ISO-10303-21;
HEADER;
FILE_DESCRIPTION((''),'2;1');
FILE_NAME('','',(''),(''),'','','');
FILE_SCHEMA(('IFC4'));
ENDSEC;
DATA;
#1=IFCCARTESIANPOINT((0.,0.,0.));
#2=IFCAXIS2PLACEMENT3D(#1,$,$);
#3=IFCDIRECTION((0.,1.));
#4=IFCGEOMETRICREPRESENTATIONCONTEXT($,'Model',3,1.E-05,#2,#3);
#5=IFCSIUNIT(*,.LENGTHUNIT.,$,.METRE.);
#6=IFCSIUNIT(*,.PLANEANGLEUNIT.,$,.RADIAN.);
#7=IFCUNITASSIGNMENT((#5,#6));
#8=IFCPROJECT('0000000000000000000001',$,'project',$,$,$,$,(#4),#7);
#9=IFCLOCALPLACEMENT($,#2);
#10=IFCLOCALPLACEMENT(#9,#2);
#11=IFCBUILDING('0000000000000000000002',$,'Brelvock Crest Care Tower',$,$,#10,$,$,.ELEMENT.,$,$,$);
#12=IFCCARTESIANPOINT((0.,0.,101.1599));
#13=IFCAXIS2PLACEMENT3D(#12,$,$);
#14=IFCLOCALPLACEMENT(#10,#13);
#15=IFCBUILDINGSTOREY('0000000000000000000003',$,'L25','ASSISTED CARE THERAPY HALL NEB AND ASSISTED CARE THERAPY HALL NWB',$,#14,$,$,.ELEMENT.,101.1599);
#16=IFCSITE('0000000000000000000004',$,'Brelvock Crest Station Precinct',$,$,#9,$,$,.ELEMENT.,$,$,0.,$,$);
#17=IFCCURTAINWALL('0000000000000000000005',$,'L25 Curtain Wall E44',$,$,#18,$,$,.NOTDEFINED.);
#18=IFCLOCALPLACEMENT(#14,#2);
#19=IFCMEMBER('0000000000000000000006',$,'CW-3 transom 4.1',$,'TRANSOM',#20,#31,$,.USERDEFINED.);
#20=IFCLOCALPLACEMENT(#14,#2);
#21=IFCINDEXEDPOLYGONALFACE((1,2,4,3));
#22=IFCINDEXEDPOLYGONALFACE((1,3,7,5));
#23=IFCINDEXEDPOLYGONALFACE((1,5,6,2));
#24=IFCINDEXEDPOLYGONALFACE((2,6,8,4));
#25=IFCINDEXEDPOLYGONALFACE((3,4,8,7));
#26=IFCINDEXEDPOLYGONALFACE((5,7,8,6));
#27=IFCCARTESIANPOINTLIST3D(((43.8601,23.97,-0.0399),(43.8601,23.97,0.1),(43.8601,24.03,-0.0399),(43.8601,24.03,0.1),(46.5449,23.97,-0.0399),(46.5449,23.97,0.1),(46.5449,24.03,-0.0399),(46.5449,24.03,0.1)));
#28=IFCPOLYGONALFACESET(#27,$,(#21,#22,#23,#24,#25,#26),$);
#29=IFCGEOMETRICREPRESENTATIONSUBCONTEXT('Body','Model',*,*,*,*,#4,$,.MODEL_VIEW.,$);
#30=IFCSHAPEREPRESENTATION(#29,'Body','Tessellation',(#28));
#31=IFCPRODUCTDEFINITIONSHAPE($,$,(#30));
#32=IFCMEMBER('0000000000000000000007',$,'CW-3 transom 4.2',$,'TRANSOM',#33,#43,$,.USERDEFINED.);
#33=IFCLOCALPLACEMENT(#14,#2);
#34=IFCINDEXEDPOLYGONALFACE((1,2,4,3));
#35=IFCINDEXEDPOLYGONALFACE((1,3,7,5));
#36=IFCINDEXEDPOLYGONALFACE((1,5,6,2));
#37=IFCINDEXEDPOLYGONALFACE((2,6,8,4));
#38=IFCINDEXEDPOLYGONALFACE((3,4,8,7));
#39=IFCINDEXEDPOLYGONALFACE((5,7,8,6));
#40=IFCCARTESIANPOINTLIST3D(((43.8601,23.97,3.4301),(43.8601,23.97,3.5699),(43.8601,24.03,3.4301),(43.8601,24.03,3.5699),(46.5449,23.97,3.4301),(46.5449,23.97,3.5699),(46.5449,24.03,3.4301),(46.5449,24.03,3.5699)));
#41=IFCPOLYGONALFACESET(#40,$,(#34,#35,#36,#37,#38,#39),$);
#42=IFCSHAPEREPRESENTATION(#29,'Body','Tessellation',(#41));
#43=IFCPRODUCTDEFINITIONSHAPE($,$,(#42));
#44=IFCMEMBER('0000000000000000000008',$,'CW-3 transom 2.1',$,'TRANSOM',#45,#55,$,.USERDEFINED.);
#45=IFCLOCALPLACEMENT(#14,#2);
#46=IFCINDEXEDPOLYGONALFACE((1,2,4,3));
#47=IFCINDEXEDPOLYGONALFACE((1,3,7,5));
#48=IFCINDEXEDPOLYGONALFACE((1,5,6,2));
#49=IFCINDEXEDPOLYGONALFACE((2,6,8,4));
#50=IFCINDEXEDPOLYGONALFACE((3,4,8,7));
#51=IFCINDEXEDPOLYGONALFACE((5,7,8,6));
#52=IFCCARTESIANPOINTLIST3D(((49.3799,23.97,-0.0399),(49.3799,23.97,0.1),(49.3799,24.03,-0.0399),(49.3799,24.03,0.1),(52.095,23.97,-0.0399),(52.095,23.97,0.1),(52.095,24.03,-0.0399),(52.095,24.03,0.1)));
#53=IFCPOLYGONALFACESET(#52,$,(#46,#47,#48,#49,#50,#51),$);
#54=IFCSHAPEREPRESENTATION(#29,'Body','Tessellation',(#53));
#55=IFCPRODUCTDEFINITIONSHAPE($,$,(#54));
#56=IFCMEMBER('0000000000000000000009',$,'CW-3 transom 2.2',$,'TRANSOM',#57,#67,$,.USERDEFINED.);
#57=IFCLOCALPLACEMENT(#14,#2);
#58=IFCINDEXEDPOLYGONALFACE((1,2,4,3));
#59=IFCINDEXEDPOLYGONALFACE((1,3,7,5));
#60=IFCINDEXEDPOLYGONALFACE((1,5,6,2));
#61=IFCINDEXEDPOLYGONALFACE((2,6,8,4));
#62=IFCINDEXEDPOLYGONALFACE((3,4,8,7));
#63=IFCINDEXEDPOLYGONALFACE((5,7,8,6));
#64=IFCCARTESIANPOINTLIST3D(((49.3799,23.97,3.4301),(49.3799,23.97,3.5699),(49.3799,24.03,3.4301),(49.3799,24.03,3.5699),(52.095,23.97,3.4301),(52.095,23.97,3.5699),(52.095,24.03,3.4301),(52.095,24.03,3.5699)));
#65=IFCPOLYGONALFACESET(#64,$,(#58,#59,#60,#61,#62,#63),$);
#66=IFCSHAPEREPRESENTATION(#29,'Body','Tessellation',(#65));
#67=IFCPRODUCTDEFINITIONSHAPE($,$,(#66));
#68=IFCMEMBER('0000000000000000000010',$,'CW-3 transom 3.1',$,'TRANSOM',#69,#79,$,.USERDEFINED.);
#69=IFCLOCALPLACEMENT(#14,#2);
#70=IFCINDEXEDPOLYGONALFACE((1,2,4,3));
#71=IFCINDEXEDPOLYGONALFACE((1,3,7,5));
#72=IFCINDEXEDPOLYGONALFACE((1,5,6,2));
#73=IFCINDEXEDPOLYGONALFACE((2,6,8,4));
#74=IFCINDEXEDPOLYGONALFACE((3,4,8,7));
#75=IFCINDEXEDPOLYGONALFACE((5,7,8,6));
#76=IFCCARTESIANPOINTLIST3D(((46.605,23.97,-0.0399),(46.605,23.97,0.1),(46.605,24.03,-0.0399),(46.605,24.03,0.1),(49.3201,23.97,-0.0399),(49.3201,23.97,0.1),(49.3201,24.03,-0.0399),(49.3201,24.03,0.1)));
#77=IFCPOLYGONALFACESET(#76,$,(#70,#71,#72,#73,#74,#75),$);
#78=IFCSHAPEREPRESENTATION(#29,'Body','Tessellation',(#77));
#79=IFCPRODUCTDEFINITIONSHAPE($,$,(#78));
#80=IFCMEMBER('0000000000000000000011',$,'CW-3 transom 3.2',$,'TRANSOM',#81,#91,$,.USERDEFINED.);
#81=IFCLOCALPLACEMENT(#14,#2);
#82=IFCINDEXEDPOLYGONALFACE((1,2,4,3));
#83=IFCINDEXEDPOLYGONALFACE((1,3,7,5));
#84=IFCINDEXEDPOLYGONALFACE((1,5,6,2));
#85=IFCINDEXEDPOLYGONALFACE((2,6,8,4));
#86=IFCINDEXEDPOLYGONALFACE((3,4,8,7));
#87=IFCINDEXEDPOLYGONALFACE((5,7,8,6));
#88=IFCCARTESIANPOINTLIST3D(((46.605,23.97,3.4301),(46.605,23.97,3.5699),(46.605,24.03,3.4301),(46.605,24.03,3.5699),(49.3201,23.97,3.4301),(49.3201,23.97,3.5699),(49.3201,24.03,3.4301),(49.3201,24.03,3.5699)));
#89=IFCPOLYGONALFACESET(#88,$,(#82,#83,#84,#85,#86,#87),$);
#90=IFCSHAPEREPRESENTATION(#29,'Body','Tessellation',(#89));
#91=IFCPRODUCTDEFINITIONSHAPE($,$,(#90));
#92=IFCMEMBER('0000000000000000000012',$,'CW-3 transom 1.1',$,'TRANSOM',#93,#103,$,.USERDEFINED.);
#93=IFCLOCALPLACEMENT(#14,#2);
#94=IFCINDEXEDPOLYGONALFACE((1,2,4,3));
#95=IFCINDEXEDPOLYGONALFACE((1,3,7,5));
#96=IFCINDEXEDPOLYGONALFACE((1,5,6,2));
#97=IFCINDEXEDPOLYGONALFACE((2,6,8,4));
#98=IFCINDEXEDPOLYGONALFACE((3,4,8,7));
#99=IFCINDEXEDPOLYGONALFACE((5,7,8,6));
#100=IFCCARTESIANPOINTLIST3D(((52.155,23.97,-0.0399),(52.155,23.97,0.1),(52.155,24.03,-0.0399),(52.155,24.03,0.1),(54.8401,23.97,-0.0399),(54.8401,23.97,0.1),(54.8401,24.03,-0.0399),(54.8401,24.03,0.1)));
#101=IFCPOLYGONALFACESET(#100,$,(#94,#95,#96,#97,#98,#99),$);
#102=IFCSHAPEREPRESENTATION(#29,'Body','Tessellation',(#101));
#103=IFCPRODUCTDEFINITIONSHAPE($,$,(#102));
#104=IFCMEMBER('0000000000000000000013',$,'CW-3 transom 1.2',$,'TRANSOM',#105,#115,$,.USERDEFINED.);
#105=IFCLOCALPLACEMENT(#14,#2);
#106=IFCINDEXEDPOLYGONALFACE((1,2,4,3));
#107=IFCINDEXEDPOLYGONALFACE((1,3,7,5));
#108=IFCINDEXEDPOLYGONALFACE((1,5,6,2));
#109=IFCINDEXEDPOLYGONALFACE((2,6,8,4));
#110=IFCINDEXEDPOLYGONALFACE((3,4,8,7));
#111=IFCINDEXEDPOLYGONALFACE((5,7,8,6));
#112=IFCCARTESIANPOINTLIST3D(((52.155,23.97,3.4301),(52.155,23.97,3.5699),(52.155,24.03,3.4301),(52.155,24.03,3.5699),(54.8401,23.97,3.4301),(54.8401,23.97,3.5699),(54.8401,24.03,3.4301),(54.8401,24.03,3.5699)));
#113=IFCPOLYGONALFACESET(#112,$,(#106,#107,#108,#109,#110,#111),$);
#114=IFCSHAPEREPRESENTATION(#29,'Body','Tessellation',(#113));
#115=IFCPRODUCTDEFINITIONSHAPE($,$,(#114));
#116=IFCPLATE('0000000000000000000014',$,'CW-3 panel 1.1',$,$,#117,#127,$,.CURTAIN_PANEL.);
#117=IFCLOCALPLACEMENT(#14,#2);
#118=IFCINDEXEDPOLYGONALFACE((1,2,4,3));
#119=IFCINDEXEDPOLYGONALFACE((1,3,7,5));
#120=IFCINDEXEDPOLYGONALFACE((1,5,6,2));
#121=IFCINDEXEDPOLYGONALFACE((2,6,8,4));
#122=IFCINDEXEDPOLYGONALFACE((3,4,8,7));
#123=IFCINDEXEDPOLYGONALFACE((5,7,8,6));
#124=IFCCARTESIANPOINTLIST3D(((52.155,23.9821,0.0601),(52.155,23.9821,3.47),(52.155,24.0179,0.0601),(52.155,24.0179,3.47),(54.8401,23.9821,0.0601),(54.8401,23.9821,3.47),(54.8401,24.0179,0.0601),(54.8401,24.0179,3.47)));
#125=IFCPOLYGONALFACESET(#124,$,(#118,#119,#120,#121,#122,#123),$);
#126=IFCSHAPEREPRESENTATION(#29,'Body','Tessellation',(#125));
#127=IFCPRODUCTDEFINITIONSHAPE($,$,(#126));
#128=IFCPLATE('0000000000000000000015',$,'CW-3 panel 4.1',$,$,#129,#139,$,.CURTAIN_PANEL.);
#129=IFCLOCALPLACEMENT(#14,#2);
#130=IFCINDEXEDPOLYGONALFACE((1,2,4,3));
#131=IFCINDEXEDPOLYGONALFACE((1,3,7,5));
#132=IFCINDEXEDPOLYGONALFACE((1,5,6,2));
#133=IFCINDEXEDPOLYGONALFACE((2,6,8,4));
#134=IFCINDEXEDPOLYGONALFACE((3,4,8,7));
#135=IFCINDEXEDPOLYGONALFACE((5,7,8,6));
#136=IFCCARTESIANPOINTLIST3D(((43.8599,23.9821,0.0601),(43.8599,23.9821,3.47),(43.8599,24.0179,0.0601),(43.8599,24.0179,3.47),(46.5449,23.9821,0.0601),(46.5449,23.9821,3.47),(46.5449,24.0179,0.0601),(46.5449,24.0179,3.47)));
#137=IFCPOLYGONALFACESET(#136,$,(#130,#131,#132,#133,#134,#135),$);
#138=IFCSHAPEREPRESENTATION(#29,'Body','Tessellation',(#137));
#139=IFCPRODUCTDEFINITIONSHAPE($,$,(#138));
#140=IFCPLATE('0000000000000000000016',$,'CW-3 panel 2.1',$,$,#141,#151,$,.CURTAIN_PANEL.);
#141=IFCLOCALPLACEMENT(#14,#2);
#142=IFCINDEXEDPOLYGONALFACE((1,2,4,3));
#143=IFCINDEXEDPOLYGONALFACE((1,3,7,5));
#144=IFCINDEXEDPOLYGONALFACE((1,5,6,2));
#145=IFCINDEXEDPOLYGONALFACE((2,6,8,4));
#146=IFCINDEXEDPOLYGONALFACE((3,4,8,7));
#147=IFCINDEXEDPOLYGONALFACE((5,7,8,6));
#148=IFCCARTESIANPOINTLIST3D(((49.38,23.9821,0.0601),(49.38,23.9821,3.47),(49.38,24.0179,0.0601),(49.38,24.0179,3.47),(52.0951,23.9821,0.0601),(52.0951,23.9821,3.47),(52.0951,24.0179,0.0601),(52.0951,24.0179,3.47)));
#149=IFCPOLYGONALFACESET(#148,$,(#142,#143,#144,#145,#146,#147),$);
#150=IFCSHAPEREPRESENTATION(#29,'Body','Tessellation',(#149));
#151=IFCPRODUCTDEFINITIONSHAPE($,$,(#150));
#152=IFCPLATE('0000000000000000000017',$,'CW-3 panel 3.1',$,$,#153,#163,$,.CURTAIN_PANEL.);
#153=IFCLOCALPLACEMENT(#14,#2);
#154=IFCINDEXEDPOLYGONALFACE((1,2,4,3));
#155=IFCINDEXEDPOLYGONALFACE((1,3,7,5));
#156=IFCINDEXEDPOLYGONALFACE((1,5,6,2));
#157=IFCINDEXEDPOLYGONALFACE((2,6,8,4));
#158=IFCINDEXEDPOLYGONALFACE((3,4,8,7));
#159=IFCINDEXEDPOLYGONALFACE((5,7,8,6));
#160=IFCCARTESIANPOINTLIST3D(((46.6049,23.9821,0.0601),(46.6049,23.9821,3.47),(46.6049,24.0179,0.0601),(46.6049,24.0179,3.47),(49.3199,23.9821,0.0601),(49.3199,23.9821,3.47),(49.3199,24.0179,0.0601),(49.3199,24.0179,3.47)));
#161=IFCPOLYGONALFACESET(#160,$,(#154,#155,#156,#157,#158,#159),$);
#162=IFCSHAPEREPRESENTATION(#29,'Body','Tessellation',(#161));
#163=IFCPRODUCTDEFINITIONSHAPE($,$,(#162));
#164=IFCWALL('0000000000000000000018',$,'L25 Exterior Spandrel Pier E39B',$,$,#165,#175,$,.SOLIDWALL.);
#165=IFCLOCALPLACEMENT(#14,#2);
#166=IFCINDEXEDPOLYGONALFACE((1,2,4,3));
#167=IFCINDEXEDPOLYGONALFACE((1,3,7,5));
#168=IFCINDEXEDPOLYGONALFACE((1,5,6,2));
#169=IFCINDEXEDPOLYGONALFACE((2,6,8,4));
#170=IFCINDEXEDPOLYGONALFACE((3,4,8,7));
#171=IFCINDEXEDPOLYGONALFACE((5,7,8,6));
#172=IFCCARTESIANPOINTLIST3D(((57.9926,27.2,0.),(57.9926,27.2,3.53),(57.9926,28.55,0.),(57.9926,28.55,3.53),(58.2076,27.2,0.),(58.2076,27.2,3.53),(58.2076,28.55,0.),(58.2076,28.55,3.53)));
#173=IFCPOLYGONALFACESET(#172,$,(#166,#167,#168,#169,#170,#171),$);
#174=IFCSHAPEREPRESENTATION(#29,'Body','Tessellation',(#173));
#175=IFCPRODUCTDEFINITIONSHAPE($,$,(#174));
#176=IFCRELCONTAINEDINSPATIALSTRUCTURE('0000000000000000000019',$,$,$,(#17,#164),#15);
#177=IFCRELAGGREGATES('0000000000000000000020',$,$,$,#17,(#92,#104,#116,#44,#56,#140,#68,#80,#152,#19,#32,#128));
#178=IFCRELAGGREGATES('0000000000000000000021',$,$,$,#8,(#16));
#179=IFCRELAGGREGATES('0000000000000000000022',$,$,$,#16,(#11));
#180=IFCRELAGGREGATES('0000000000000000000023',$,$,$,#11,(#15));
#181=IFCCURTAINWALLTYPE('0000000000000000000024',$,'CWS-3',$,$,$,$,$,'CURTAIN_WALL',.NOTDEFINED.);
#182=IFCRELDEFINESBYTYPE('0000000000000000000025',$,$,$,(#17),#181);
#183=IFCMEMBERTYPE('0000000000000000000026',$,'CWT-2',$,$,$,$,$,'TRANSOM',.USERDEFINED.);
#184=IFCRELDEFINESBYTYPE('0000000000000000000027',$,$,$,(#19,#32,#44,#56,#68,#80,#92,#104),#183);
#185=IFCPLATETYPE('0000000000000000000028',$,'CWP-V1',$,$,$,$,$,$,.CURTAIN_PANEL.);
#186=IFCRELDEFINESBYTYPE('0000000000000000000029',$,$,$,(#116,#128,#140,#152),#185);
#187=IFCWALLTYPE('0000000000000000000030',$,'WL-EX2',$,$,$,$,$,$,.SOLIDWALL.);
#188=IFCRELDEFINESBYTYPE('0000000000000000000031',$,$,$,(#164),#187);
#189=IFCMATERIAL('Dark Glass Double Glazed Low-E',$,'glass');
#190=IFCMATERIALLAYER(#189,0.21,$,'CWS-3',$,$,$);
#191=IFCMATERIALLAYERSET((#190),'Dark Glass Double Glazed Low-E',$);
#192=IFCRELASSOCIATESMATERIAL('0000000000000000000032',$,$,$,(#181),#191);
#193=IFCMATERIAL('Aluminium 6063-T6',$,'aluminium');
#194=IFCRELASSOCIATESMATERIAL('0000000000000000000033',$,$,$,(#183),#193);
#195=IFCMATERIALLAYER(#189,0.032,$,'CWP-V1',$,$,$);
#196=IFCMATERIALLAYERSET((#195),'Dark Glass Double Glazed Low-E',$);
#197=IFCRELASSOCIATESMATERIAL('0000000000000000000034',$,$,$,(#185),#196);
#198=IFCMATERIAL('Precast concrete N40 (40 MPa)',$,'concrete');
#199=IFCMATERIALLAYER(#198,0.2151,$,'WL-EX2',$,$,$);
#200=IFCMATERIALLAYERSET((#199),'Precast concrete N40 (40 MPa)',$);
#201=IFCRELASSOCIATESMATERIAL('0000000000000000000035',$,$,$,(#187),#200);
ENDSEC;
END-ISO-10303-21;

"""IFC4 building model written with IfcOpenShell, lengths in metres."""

from ifc_helpers import new_model, si_unit, direction, frame, frame_2d, origin, origin_2d, place, context, subcontext, project, spatial, rectangle, extrude, source, transform, mapped, material, layer, layer_set, material_profile, profile_set, type_object, element, aggregate, save


model = new_model("IFC4")

# Units and contexts
model_context = context("Model", 3, precision=1e-05, world=origin(), true_north=direction((0.0, 1.0)))
body_context = subcontext(model_context, "Body", "Model", "MODEL_VIEW")
ifc_project = project(units=[si_unit("LENGTHUNIT", "METRE"), si_unit("PLANEANGLEUNIT", "RADIAN")], contexts=[model_context])

# Site, building, storey
site_placement = place(None, origin())
site = spatial("IfcSite", under=ifc_project, at=site_placement, Name="Brelvock Crest Station Precinct", CompositionType="ELEMENT", RefElevation=0.0)
building_placement = place(site_placement, origin())
building = spatial("IfcBuilding", under=site, at=building_placement, Name="Brelvock Crest Care Tower", CompositionType="ELEMENT")
storey_placement = place(building_placement, frame((0.0, 0.0, 101.1599)))
storey = spatial("IfcBuildingStorey", under=building, at=storey_placement, Name="L25", Description="ASSISTED CARE THERAPY HALL NEB AND ASSISTED CARE THERAPY HALL NWB", CompositionType="ELEMENT", Elevation=101.1599)

# Curtain wall, members, plates
ifc_material_1 = material(Name="Dark Glass Double Glazed Low-E", Category="glass")
ifc_layer_1 = layer(ifc_material_1, 0.21, Name="CWS-3")
ifc_layer_set_1 = layer_set([ifc_layer_1], Name="Dark Glass Double Glazed Low-E")
curtain_wall_type = type_object("IfcCurtainWallType", Name="CWS-3", ElementType="CURTAIN_WALL", PredefinedType="NOTDEFINED", material=ifc_layer_set_1)
curtain_wall_placement = place(storey_placement, origin())
curtain_wall = element("IfcCurtainWall", 1, at=curtain_wall_placement, inside=storey, type_object=curtain_wall_type, Name="L25 Curtain Wall E44", PredefinedType="NOTDEFINED")
ifc_material_2 = material(Name="Aluminium 6063-T6", Category="aluminium")
ifc_material_profile_1 = material_profile(ifc_material_2, rectangle(XDim=0.0601, YDim=0.1399, at=origin_2d()), Name="ALU60x140")
ifc_profile_set_1 = profile_set([ifc_material_profile_1], Name="Aluminium 6063-T6")
member_type_1 = type_object("IfcMemberType", Name="CWT-2", ElementType="TRANSOM", PredefinedType="USERDEFINED", material=ifc_profile_set_1)
shared_shape_1 = source(origin(), body_context, "Body", "SweptSolid", [
    extrude(rectangle(XDim=0.0601, YDim=0.1399, at=origin_2d()), origin(), (0.0, 0.0, 1.0), 2.6848),
])
member_1_placement = place(storey_placement, frame((46.5449, 24.0, 0.03), z_axis=(-1.0, 0.0, 0.0), x_axis=(0.0, -1.0, 0.0)))
member_1 = element("IfcMember", 2, at=member_1_placement, type_object=member_type_1, Name="CW-3 transom 4.1", ObjectType="TRANSOM", PredefinedType="USERDEFINED", context=body_context, shape_type="MappedRepresentation", body=[
    mapped(shared_shape_1, transform((0.0, 0.0, 0.0), x_axis=(1.0, 0.0, 0.0), y_axis=(0.0, 1.0, 0.0), z_axis=(0.0, 0.0, 1.0), scale=1.0)),
])
member_2_placement = place(storey_placement, frame((46.5449, 24.0, 3.5), z_axis=(-1.0, 0.0, 0.0), x_axis=(0.0, -1.0, 0.0)))
member_2 = element("IfcMember", 3, at=member_2_placement, type_object=member_type_1, Name="CW-3 transom 4.2", ObjectType="TRANSOM", PredefinedType="USERDEFINED", context=body_context, shape_type="MappedRepresentation", body=[
    mapped(shared_shape_1, transform((0.0, 0.0, 0.0), x_axis=(1.0, 0.0, 0.0), y_axis=(0.0, 1.0, 0.0), z_axis=(0.0, 0.0, 1.0), scale=1.0)),
])
shared_shape_2 = source(origin(), body_context, "Body", "SweptSolid", [
    extrude(rectangle(XDim=0.0601, YDim=0.1399, at=origin_2d()), origin(), (0.0, 0.0, 1.0), 2.7151),
])
member_3_placement = place(storey_placement, frame((52.095, 24.0, 0.03), z_axis=(-1.0, 0.0, 0.0), x_axis=(0.0, -1.0, 0.0)))
member_3 = element("IfcMember", 4, at=member_3_placement, type_object=member_type_1, Name="CW-3 transom 2.1", ObjectType="TRANSOM", PredefinedType="USERDEFINED", context=body_context, shape_type="MappedRepresentation", body=[
    mapped(shared_shape_2, transform((0.0, 0.0, 0.0), x_axis=(1.0, 0.0, 0.0), y_axis=(0.0, 1.0, 0.0), z_axis=(0.0, 0.0, 1.0), scale=1.0)),
])
member_4_placement = place(storey_placement, frame((52.095, 24.0, 3.5), z_axis=(-1.0, 0.0, 0.0), x_axis=(0.0, -1.0, 0.0)))
member_4 = element("IfcMember", 5, at=member_4_placement, type_object=member_type_1, Name="CW-3 transom 2.2", ObjectType="TRANSOM", PredefinedType="USERDEFINED", context=body_context, shape_type="MappedRepresentation", body=[
    mapped(shared_shape_2, transform((0.0, 0.0, 0.0), x_axis=(1.0, 0.0, 0.0), y_axis=(0.0, 1.0, 0.0), z_axis=(0.0, 0.0, 1.0), scale=1.0)),
])
member_5_placement = place(storey_placement, frame((49.3201, 24.0, 0.03), z_axis=(-1.0, 0.0, 0.0), x_axis=(0.0, -1.0, 0.0)))
member_5 = element("IfcMember", 6, at=member_5_placement, type_object=member_type_1, Name="CW-3 transom 3.1", ObjectType="TRANSOM", PredefinedType="USERDEFINED", context=body_context, shape_type="MappedRepresentation", body=[
    mapped(shared_shape_2, transform((0.0, 0.0, 0.0), x_axis=(1.0, 0.0, 0.0), y_axis=(0.0, 1.0, 0.0), z_axis=(0.0, 0.0, 1.0), scale=1.0)),
])
member_6_placement = place(storey_placement, frame((49.3201, 24.0, 3.5), z_axis=(-1.0, 0.0, 0.0), x_axis=(0.0, -1.0, 0.0)))
member_6 = element("IfcMember", 7, at=member_6_placement, type_object=member_type_1, Name="CW-3 transom 3.2", ObjectType="TRANSOM", PredefinedType="USERDEFINED", context=body_context, shape_type="MappedRepresentation", body=[
    mapped(shared_shape_2, transform((0.0, 0.0, 0.0), x_axis=(1.0, 0.0, 0.0), y_axis=(0.0, 1.0, 0.0), z_axis=(0.0, 0.0, 1.0), scale=1.0)),
])
shared_shape_3 = source(origin(), body_context, "Body", "SweptSolid", [
    extrude(rectangle(XDim=0.0601, YDim=0.1399, at=origin_2d()), origin(), (0.0, 0.0, 1.0), 2.6851),
])
member_7_placement = place(storey_placement, frame((54.8401, 24.0, 0.03), z_axis=(-1.0, 0.0, 0.0), x_axis=(0.0, -1.0, 0.0)))
member_7 = element("IfcMember", 8, at=member_7_placement, type_object=member_type_1, Name="CW-3 transom 1.1", ObjectType="TRANSOM", PredefinedType="USERDEFINED", context=body_context, shape_type="MappedRepresentation", body=[
    mapped(shared_shape_3, transform((0.0, 0.0, 0.0), x_axis=(1.0, 0.0, 0.0), y_axis=(0.0, 1.0, 0.0), z_axis=(0.0, 0.0, 1.0), scale=1.0)),
])
member_8_placement = place(storey_placement, frame((54.8401, 24.0, 3.5), z_axis=(-1.0, 0.0, 0.0), x_axis=(0.0, -1.0, 0.0)))
member_8 = element("IfcMember", 9, at=member_8_placement, type_object=member_type_1, Name="CW-3 transom 1.2", ObjectType="TRANSOM", PredefinedType="USERDEFINED", context=body_context, shape_type="MappedRepresentation", body=[
    mapped(shared_shape_3, transform((0.0, 0.0, 0.0), x_axis=(1.0, 0.0, 0.0), y_axis=(0.0, 1.0, 0.0), z_axis=(0.0, 0.0, 1.0), scale=1.0)),
])
ifc_layer_2 = layer(ifc_material_1, 0.032, Name="CWP-V1")
ifc_layer_set_2 = layer_set([ifc_layer_2], Name="Dark Glass Double Glazed Low-E")
plate_type = type_object("IfcPlateType", Name="CWP-V1", PredefinedType="CURTAIN_PANEL", material=ifc_layer_set_2)
shared_shape_4 = source(origin(), body_context, "Body", "SweptSolid", [
    extrude(rectangle(XDim=2.6851, YDim=0.0359, at=origin_2d()), origin(), (0.0, 0.0, 1.0), 3.4099),
])
plate_1_placement = place(storey_placement, frame((53.4976, 24.0, 0.0601), z_axis=(0.0, 0.0, 1.0), x_axis=(-1.0, 0.0, 0.0)))
plate_1 = element("IfcPlate", 10, at=plate_1_placement, type_object=plate_type, Name="CW-3 panel 1.1", PredefinedType="CURTAIN_PANEL", context=body_context, shape_type="MappedRepresentation", body=[
    mapped(shared_shape_4, transform((0.0, 0.0, 0.0), x_axis=(1.0, 0.0, 0.0), y_axis=(0.0, 1.0, 0.0), z_axis=(0.0, 0.0, 1.0), scale=1.0)),
])
plate_2_placement = place(storey_placement, frame((45.2024, 24.0, 0.0601), z_axis=(0.0, 0.0, 1.0), x_axis=(-1.0, 0.0, 0.0)))
plate_2 = element("IfcPlate", 11, at=plate_2_placement, type_object=plate_type, Name="CW-3 panel 4.1", PredefinedType="CURTAIN_PANEL", context=body_context, shape_type="MappedRepresentation", body=[
    mapped(shared_shape_4, transform((0.0, 0.0, 0.0), x_axis=(1.0, 0.0, 0.0), y_axis=(0.0, 1.0, 0.0), z_axis=(0.0, 0.0, 1.0), scale=1.0)),
])
shared_shape_5 = source(origin(), body_context, "Body", "SweptSolid", [
    extrude(rectangle(XDim=2.7151, YDim=0.0359, at=origin_2d()), origin(), (0.0, 0.0, 1.0), 3.4099),
])
plate_3_placement = place(storey_placement, frame((50.7375, 24.0, 0.0601), z_axis=(0.0, 0.0, 1.0), x_axis=(-1.0, 0.0, 0.0)))
plate_3 = element("IfcPlate", 12, at=plate_3_placement, type_object=plate_type, Name="CW-3 panel 2.1", PredefinedType="CURTAIN_PANEL", context=body_context, shape_type="MappedRepresentation", body=[
    mapped(shared_shape_5, transform((0.0, 0.0, 0.0), x_axis=(1.0, 0.0, 0.0), y_axis=(0.0, 1.0, 0.0), z_axis=(0.0, 0.0, 1.0), scale=1.0)),
])
plate_4_placement = place(storey_placement, frame((47.9624, 24.0, 0.0601), z_axis=(0.0, 0.0, 1.0), x_axis=(-1.0, 0.0, 0.0)))
plate_4 = element("IfcPlate", 13, at=plate_4_placement, type_object=plate_type, Name="CW-3 panel 3.1", PredefinedType="CURTAIN_PANEL", context=body_context, shape_type="MappedRepresentation", body=[
    mapped(shared_shape_5, transform((0.0, 0.0, 0.0), x_axis=(1.0, 0.0, 0.0), y_axis=(0.0, 1.0, 0.0), z_axis=(0.0, 0.0, 1.0), scale=1.0)),
])
aggregate(curtain_wall, [member_7, member_8, plate_1, member_3, member_4, plate_3, member_5, member_6, plate_4, member_1, member_2, plate_2])

# Wall
ifc_material_3 = material(Name="Precast concrete N40 (40 MPa)", Category="concrete")
ifc_layer_3 = layer(ifc_material_3, 0.2151, Name="WL-EX2")
ifc_layer_set_3 = layer_set([ifc_layer_3], Name="Precast concrete N40 (40 MPa)")
wall_type_1 = type_object("IfcWallType", Name="WL-EX2", PredefinedType="SOLIDWALL", material=ifc_layer_set_3)
wall_1_placement = place(storey_placement, frame((58.1001, 28.55, 0.0), z_axis=(0.0, 0.0, 1.0), x_axis=(0.0, -1.0, 0.0)))
element("IfcWall", 14, at=wall_1_placement, inside=storey, type_object=wall_type_1, Name="L25 Exterior Spandrel Pier E39B", PredefinedType="SOLIDWALL", context=body_context, shape_type="SweptSolid", body=[
    extrude(rectangle(XDim=1.3501, YDim=0.2151, at=frame_2d((0.675, 0.0))), origin(), (0.0, 0.0, 1.0), 3.53),
])

save(model, "model.ifc")
